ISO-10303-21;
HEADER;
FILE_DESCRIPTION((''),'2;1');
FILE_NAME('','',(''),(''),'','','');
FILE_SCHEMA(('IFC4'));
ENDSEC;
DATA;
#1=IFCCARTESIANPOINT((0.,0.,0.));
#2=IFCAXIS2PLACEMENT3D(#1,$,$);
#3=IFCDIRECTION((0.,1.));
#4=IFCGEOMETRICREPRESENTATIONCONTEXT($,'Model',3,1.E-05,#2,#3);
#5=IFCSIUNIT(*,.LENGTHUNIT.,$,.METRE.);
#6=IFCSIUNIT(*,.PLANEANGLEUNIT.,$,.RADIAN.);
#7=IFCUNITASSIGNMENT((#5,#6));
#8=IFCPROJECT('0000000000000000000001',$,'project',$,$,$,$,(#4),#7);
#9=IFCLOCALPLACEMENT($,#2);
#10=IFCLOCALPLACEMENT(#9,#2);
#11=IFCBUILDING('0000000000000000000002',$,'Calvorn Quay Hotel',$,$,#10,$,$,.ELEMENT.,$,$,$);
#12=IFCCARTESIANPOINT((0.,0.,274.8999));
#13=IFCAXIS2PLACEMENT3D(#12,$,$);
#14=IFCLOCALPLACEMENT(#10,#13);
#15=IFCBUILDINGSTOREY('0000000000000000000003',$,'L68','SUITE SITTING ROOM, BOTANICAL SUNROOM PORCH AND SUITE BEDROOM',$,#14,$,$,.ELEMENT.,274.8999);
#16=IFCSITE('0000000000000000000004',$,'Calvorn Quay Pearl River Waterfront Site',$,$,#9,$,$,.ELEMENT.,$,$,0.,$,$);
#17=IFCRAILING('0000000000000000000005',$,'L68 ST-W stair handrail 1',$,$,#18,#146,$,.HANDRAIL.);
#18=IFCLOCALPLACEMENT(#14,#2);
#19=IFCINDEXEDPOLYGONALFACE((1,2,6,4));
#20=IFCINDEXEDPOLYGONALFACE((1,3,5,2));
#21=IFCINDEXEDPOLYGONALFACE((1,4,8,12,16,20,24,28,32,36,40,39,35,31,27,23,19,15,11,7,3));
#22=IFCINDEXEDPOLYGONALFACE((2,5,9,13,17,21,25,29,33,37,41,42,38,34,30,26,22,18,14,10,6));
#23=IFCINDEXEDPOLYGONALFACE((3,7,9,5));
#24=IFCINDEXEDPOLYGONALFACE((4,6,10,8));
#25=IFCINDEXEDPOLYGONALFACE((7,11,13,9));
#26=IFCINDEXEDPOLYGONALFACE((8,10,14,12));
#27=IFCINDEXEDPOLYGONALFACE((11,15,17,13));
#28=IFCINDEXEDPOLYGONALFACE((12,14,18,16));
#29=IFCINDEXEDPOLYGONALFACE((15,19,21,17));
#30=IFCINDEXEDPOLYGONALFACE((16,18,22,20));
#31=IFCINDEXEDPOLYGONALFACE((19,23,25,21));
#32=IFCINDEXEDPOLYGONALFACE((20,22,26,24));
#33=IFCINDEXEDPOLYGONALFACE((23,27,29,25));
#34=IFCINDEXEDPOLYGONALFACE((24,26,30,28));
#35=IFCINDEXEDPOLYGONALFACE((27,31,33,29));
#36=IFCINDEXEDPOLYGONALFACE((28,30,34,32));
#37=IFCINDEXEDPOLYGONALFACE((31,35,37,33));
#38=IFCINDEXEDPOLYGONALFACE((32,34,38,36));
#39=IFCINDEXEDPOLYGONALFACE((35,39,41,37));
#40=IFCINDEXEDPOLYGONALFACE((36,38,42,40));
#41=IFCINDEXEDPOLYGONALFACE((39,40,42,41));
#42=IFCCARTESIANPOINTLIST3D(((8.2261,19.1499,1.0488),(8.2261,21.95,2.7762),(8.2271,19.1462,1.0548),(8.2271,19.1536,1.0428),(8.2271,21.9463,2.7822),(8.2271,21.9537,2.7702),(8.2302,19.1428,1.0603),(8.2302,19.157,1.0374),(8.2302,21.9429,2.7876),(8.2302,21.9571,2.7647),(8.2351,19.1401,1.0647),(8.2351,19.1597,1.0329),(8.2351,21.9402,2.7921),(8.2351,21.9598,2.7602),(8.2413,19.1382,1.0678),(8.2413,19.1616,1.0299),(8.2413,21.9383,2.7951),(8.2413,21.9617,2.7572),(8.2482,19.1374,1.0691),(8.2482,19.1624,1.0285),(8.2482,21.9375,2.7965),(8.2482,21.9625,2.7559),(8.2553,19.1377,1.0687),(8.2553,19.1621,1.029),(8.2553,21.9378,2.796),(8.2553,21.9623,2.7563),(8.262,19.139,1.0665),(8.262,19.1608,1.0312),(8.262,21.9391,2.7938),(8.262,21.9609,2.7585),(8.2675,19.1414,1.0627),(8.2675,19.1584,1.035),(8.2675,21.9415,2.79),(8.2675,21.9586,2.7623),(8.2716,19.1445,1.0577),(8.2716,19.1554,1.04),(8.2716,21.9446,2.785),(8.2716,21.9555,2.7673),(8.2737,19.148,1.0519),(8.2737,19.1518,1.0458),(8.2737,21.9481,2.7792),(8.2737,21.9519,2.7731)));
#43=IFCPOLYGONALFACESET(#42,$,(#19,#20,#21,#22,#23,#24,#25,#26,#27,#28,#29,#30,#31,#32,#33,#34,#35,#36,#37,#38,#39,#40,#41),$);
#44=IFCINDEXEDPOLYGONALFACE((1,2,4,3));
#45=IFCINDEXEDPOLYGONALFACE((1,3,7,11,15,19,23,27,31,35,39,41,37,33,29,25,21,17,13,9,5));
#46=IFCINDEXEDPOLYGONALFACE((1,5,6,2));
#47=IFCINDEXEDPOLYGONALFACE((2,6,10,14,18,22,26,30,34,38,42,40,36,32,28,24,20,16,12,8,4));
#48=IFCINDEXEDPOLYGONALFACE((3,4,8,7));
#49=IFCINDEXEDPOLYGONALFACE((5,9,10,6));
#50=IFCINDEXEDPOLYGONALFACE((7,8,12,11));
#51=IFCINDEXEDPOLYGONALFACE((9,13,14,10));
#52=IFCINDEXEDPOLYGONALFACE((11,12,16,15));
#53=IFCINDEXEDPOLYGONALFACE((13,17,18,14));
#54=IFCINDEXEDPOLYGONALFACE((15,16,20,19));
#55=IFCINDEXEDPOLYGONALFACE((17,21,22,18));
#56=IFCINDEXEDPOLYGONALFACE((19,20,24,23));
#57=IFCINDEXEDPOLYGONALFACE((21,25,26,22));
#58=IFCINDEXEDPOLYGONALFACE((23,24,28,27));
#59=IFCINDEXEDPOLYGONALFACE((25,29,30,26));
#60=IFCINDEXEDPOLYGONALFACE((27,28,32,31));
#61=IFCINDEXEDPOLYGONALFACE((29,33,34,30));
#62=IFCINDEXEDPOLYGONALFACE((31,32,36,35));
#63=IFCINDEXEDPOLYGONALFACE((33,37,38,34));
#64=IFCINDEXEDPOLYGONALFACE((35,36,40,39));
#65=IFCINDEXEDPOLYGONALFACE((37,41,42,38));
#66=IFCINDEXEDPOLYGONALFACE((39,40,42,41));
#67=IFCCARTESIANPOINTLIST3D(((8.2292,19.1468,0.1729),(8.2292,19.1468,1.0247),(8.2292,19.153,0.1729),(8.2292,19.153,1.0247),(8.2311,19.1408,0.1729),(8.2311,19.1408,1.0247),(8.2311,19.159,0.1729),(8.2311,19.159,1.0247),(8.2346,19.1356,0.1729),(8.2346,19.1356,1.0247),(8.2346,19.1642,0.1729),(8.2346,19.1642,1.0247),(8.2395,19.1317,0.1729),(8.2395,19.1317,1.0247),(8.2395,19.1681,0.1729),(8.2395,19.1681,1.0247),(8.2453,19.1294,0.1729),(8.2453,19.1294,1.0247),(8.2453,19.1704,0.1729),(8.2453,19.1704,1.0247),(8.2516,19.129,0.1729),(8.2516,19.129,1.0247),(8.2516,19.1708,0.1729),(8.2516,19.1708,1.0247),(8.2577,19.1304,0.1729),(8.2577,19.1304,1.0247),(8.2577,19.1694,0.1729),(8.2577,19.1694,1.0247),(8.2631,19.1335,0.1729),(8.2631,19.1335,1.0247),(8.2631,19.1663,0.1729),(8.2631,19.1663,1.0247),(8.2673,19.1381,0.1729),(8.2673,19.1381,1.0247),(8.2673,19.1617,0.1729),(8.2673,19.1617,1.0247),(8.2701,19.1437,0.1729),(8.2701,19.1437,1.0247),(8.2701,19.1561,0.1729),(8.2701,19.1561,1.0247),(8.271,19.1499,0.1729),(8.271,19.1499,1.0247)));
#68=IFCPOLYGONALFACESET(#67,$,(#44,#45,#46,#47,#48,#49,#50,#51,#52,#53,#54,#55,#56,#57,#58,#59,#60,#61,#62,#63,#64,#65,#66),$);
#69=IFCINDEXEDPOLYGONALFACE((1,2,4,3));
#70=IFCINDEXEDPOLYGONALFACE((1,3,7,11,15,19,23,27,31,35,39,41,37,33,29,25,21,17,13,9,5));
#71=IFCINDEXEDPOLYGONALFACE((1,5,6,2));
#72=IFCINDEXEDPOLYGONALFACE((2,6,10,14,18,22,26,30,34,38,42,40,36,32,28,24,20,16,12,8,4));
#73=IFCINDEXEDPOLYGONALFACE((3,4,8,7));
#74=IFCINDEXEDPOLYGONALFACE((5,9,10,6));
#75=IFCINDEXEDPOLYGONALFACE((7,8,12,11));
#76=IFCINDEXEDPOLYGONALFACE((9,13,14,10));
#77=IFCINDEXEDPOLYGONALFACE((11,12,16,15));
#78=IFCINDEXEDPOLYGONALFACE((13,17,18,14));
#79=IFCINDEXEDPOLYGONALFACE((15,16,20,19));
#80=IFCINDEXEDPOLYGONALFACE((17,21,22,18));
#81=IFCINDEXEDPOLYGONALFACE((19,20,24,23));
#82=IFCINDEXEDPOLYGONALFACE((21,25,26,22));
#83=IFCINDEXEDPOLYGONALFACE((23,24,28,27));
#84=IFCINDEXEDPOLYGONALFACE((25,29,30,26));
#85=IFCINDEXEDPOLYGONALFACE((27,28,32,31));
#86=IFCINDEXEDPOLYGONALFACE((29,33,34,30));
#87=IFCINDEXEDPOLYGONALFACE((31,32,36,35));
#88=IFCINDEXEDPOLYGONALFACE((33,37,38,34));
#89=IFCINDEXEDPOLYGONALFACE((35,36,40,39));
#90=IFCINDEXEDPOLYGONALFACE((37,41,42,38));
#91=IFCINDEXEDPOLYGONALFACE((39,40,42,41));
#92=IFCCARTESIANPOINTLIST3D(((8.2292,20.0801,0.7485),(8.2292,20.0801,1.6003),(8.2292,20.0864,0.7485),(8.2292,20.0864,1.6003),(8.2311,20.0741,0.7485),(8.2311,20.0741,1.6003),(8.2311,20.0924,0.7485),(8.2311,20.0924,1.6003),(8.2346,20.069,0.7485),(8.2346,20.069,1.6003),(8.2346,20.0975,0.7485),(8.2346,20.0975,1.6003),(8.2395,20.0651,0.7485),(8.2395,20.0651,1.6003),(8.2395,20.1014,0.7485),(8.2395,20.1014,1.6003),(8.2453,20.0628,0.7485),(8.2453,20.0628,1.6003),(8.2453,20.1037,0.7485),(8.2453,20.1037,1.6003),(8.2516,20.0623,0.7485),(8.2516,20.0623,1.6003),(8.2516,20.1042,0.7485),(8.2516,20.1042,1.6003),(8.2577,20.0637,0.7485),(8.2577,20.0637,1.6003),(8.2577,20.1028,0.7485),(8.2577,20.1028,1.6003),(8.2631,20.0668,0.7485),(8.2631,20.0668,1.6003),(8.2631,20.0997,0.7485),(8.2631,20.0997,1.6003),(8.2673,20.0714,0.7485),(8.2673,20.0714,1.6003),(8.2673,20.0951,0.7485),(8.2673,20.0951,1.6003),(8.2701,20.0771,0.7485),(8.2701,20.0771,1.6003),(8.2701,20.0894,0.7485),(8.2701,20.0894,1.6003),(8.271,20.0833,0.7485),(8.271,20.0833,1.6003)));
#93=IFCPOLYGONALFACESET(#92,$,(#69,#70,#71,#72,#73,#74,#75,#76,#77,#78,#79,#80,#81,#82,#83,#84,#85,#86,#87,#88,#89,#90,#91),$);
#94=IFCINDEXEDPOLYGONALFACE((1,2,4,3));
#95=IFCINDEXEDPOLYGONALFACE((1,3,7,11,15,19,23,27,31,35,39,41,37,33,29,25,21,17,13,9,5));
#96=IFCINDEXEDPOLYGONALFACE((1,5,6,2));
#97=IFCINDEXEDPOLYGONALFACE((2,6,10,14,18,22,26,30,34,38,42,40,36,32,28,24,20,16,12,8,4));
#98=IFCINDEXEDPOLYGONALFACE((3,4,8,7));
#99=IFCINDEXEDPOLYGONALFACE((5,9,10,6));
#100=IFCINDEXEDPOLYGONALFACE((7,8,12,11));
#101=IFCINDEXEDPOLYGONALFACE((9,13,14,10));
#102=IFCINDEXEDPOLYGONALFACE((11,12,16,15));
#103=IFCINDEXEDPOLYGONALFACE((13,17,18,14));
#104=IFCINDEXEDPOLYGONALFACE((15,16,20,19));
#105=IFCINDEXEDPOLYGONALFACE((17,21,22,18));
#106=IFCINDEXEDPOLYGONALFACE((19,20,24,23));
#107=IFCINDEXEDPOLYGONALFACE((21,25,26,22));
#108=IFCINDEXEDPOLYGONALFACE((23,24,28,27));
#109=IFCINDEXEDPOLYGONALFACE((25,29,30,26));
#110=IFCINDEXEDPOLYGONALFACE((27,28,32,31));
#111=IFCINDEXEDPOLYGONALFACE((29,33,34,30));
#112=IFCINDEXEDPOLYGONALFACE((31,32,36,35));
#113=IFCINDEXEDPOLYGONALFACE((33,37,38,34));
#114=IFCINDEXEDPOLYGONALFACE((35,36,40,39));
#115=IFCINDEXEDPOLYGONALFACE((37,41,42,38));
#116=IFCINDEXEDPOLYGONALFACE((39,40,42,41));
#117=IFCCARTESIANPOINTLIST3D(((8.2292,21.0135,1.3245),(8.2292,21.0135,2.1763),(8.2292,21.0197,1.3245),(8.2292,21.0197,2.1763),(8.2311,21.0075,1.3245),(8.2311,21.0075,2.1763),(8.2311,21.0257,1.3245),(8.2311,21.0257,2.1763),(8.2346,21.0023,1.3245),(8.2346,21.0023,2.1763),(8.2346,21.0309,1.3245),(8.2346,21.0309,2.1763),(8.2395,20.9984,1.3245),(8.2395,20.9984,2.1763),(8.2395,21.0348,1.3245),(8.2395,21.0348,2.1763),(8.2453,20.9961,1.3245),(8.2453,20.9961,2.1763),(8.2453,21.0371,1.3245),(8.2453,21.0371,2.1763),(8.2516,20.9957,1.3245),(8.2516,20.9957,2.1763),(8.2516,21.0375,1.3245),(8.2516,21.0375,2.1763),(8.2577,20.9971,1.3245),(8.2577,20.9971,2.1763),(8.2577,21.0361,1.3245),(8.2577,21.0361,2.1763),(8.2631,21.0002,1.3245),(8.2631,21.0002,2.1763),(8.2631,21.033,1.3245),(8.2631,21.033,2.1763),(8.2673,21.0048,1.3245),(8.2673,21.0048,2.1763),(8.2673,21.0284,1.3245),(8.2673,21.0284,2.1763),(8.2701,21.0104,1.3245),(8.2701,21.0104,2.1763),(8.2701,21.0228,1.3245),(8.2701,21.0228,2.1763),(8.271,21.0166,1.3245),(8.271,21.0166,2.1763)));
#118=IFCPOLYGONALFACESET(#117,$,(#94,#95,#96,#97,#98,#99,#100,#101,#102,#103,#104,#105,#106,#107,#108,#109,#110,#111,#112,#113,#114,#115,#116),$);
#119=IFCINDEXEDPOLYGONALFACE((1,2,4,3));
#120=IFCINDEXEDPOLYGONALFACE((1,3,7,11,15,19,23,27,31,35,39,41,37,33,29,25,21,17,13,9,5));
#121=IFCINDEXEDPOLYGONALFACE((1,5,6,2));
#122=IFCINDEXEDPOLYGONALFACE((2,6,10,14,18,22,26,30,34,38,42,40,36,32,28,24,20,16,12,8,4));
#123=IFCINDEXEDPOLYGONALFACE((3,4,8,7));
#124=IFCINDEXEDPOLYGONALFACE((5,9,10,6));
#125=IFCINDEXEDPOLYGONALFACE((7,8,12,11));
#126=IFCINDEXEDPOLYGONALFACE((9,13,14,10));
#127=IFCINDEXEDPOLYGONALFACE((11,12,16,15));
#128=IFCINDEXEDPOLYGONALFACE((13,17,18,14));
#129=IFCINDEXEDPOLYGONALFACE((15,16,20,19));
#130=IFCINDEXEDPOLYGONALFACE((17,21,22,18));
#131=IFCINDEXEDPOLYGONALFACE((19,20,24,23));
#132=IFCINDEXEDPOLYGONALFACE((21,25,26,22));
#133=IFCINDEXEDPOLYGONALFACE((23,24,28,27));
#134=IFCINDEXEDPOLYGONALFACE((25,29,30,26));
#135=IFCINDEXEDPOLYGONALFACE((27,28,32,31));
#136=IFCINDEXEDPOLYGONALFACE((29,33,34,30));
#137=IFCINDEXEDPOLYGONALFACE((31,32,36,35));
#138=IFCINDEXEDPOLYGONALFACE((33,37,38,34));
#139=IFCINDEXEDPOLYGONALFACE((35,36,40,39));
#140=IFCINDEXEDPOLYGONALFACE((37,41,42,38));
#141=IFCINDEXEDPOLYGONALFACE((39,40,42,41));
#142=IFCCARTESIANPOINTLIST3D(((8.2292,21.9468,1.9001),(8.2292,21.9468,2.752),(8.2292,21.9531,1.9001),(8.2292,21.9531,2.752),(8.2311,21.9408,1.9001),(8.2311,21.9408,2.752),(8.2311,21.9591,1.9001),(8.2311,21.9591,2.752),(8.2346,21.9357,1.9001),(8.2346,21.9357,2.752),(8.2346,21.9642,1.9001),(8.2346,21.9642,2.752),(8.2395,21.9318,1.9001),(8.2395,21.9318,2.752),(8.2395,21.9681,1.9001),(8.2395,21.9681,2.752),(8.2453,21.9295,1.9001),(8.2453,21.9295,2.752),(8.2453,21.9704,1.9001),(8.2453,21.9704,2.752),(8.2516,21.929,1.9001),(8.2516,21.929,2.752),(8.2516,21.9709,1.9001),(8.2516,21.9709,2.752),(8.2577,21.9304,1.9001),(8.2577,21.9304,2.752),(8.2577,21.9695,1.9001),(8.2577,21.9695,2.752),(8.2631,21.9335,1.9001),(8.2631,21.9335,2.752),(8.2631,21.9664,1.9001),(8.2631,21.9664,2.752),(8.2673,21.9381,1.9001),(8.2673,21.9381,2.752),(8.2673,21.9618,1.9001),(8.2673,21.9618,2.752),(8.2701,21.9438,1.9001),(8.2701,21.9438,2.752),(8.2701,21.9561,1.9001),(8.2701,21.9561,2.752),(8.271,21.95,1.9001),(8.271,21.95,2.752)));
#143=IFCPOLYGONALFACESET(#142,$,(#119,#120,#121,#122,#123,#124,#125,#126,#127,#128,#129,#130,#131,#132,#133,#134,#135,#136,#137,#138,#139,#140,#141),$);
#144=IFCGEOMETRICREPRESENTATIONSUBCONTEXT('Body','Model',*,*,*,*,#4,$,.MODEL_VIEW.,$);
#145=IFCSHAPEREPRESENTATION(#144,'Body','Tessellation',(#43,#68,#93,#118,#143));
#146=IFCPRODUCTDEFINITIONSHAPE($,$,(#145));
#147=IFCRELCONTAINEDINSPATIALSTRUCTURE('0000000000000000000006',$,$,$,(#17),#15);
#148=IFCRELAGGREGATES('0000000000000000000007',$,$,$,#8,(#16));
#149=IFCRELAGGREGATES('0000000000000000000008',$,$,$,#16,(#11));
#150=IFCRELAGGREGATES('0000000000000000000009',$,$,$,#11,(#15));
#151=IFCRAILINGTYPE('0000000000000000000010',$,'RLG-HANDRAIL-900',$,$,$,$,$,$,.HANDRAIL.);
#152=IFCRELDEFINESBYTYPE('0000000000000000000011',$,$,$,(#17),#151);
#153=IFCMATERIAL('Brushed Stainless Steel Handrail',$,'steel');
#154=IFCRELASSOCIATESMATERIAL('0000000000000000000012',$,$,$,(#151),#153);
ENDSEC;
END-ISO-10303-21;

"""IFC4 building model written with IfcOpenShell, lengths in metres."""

from ifc_helpers import new_model, si_unit, direction, frame, origin, origin_2d, place, context, subcontext, project, spatial, circle, extrude, material, type_object, element, save


model = new_model("IFC4")

# Units and contexts
model_context = context("Model", 3, precision=1e-05, world=origin(), true_north=direction((0.0, 1.0)))
body_context = subcontext(model_context, "Body", "Model", "MODEL_VIEW")
ifc_project = project(units=[si_unit("LENGTHUNIT", "METRE"), si_unit("PLANEANGLEUNIT", "RADIAN")], contexts=[model_context])

# Site, building, storey
site_placement = place(None, origin())
site = spatial("IfcSite", under=ifc_project, at=site_placement, Name="Calvorn Quay Pearl River Waterfront Site", CompositionType="ELEMENT", RefElevation=0.0)
building_placement = place(site_placement, origin())
building = spatial("IfcBuilding", under=site, at=building_placement, Name="Calvorn Quay Hotel", CompositionType="ELEMENT")
storey_placement = place(building_placement, frame((0.0, 0.0, 274.8999)))
storey = spatial("IfcBuildingStorey", under=building, at=storey_placement, Name="L68", Description="SUITE SITTING ROOM, BOTANICAL SUNROOM PORCH AND SUITE BEDROOM", CompositionType="ELEMENT", Elevation=274.8999)

# Railing
ifc_material_1 = material(Name="Brushed Stainless Steel Handrail", Category="steel")
railing_type_1 = type_object("IfcRailingType", Name="RLG-HANDRAIL-900", PredefinedType="HANDRAIL", material=ifc_material_1)
railing_1_placement = place(storey_placement, frame((8.25, 19.1499, 0.1729)))
element("IfcRailing", 1, at=railing_1_placement, inside=storey, type_object=railing_type_1, Name="L68 ST-W stair handrail 1", PredefinedType="HANDRAIL", context=body_context, shape_type="SweptSolid", body=[
    extrude(circle(Radius=0.0239, at=origin_2d()), frame((0.0, 0.0, 0.876), z_axis=(0.0, 0.85109, 0.52502), x_axis=(-1.0, 0.0, 0.0)), (0.0, 0.0, 1.0), 3.29),
    extrude(circle(Radius=0.021, at=origin_2d()), origin(), (0.0, 0.0, 1.0), 0.8518),
    extrude(circle(Radius=0.021, at=origin_2d()), frame((0.0, 0.9333, 0.5757)), (0.0, 0.0, 1.0), 0.8518),
    extrude(circle(Radius=0.021, at=origin_2d()), frame((0.0, 1.8667, 1.1516)), (0.0, 0.0, 1.0), 0.8518),
    extrude(circle(Radius=0.021, at=origin_2d()), frame((0.0, 2.8, 1.7273)), (0.0, 0.0, 1.0), 0.8518),
])

save(model, "model.ifc")
